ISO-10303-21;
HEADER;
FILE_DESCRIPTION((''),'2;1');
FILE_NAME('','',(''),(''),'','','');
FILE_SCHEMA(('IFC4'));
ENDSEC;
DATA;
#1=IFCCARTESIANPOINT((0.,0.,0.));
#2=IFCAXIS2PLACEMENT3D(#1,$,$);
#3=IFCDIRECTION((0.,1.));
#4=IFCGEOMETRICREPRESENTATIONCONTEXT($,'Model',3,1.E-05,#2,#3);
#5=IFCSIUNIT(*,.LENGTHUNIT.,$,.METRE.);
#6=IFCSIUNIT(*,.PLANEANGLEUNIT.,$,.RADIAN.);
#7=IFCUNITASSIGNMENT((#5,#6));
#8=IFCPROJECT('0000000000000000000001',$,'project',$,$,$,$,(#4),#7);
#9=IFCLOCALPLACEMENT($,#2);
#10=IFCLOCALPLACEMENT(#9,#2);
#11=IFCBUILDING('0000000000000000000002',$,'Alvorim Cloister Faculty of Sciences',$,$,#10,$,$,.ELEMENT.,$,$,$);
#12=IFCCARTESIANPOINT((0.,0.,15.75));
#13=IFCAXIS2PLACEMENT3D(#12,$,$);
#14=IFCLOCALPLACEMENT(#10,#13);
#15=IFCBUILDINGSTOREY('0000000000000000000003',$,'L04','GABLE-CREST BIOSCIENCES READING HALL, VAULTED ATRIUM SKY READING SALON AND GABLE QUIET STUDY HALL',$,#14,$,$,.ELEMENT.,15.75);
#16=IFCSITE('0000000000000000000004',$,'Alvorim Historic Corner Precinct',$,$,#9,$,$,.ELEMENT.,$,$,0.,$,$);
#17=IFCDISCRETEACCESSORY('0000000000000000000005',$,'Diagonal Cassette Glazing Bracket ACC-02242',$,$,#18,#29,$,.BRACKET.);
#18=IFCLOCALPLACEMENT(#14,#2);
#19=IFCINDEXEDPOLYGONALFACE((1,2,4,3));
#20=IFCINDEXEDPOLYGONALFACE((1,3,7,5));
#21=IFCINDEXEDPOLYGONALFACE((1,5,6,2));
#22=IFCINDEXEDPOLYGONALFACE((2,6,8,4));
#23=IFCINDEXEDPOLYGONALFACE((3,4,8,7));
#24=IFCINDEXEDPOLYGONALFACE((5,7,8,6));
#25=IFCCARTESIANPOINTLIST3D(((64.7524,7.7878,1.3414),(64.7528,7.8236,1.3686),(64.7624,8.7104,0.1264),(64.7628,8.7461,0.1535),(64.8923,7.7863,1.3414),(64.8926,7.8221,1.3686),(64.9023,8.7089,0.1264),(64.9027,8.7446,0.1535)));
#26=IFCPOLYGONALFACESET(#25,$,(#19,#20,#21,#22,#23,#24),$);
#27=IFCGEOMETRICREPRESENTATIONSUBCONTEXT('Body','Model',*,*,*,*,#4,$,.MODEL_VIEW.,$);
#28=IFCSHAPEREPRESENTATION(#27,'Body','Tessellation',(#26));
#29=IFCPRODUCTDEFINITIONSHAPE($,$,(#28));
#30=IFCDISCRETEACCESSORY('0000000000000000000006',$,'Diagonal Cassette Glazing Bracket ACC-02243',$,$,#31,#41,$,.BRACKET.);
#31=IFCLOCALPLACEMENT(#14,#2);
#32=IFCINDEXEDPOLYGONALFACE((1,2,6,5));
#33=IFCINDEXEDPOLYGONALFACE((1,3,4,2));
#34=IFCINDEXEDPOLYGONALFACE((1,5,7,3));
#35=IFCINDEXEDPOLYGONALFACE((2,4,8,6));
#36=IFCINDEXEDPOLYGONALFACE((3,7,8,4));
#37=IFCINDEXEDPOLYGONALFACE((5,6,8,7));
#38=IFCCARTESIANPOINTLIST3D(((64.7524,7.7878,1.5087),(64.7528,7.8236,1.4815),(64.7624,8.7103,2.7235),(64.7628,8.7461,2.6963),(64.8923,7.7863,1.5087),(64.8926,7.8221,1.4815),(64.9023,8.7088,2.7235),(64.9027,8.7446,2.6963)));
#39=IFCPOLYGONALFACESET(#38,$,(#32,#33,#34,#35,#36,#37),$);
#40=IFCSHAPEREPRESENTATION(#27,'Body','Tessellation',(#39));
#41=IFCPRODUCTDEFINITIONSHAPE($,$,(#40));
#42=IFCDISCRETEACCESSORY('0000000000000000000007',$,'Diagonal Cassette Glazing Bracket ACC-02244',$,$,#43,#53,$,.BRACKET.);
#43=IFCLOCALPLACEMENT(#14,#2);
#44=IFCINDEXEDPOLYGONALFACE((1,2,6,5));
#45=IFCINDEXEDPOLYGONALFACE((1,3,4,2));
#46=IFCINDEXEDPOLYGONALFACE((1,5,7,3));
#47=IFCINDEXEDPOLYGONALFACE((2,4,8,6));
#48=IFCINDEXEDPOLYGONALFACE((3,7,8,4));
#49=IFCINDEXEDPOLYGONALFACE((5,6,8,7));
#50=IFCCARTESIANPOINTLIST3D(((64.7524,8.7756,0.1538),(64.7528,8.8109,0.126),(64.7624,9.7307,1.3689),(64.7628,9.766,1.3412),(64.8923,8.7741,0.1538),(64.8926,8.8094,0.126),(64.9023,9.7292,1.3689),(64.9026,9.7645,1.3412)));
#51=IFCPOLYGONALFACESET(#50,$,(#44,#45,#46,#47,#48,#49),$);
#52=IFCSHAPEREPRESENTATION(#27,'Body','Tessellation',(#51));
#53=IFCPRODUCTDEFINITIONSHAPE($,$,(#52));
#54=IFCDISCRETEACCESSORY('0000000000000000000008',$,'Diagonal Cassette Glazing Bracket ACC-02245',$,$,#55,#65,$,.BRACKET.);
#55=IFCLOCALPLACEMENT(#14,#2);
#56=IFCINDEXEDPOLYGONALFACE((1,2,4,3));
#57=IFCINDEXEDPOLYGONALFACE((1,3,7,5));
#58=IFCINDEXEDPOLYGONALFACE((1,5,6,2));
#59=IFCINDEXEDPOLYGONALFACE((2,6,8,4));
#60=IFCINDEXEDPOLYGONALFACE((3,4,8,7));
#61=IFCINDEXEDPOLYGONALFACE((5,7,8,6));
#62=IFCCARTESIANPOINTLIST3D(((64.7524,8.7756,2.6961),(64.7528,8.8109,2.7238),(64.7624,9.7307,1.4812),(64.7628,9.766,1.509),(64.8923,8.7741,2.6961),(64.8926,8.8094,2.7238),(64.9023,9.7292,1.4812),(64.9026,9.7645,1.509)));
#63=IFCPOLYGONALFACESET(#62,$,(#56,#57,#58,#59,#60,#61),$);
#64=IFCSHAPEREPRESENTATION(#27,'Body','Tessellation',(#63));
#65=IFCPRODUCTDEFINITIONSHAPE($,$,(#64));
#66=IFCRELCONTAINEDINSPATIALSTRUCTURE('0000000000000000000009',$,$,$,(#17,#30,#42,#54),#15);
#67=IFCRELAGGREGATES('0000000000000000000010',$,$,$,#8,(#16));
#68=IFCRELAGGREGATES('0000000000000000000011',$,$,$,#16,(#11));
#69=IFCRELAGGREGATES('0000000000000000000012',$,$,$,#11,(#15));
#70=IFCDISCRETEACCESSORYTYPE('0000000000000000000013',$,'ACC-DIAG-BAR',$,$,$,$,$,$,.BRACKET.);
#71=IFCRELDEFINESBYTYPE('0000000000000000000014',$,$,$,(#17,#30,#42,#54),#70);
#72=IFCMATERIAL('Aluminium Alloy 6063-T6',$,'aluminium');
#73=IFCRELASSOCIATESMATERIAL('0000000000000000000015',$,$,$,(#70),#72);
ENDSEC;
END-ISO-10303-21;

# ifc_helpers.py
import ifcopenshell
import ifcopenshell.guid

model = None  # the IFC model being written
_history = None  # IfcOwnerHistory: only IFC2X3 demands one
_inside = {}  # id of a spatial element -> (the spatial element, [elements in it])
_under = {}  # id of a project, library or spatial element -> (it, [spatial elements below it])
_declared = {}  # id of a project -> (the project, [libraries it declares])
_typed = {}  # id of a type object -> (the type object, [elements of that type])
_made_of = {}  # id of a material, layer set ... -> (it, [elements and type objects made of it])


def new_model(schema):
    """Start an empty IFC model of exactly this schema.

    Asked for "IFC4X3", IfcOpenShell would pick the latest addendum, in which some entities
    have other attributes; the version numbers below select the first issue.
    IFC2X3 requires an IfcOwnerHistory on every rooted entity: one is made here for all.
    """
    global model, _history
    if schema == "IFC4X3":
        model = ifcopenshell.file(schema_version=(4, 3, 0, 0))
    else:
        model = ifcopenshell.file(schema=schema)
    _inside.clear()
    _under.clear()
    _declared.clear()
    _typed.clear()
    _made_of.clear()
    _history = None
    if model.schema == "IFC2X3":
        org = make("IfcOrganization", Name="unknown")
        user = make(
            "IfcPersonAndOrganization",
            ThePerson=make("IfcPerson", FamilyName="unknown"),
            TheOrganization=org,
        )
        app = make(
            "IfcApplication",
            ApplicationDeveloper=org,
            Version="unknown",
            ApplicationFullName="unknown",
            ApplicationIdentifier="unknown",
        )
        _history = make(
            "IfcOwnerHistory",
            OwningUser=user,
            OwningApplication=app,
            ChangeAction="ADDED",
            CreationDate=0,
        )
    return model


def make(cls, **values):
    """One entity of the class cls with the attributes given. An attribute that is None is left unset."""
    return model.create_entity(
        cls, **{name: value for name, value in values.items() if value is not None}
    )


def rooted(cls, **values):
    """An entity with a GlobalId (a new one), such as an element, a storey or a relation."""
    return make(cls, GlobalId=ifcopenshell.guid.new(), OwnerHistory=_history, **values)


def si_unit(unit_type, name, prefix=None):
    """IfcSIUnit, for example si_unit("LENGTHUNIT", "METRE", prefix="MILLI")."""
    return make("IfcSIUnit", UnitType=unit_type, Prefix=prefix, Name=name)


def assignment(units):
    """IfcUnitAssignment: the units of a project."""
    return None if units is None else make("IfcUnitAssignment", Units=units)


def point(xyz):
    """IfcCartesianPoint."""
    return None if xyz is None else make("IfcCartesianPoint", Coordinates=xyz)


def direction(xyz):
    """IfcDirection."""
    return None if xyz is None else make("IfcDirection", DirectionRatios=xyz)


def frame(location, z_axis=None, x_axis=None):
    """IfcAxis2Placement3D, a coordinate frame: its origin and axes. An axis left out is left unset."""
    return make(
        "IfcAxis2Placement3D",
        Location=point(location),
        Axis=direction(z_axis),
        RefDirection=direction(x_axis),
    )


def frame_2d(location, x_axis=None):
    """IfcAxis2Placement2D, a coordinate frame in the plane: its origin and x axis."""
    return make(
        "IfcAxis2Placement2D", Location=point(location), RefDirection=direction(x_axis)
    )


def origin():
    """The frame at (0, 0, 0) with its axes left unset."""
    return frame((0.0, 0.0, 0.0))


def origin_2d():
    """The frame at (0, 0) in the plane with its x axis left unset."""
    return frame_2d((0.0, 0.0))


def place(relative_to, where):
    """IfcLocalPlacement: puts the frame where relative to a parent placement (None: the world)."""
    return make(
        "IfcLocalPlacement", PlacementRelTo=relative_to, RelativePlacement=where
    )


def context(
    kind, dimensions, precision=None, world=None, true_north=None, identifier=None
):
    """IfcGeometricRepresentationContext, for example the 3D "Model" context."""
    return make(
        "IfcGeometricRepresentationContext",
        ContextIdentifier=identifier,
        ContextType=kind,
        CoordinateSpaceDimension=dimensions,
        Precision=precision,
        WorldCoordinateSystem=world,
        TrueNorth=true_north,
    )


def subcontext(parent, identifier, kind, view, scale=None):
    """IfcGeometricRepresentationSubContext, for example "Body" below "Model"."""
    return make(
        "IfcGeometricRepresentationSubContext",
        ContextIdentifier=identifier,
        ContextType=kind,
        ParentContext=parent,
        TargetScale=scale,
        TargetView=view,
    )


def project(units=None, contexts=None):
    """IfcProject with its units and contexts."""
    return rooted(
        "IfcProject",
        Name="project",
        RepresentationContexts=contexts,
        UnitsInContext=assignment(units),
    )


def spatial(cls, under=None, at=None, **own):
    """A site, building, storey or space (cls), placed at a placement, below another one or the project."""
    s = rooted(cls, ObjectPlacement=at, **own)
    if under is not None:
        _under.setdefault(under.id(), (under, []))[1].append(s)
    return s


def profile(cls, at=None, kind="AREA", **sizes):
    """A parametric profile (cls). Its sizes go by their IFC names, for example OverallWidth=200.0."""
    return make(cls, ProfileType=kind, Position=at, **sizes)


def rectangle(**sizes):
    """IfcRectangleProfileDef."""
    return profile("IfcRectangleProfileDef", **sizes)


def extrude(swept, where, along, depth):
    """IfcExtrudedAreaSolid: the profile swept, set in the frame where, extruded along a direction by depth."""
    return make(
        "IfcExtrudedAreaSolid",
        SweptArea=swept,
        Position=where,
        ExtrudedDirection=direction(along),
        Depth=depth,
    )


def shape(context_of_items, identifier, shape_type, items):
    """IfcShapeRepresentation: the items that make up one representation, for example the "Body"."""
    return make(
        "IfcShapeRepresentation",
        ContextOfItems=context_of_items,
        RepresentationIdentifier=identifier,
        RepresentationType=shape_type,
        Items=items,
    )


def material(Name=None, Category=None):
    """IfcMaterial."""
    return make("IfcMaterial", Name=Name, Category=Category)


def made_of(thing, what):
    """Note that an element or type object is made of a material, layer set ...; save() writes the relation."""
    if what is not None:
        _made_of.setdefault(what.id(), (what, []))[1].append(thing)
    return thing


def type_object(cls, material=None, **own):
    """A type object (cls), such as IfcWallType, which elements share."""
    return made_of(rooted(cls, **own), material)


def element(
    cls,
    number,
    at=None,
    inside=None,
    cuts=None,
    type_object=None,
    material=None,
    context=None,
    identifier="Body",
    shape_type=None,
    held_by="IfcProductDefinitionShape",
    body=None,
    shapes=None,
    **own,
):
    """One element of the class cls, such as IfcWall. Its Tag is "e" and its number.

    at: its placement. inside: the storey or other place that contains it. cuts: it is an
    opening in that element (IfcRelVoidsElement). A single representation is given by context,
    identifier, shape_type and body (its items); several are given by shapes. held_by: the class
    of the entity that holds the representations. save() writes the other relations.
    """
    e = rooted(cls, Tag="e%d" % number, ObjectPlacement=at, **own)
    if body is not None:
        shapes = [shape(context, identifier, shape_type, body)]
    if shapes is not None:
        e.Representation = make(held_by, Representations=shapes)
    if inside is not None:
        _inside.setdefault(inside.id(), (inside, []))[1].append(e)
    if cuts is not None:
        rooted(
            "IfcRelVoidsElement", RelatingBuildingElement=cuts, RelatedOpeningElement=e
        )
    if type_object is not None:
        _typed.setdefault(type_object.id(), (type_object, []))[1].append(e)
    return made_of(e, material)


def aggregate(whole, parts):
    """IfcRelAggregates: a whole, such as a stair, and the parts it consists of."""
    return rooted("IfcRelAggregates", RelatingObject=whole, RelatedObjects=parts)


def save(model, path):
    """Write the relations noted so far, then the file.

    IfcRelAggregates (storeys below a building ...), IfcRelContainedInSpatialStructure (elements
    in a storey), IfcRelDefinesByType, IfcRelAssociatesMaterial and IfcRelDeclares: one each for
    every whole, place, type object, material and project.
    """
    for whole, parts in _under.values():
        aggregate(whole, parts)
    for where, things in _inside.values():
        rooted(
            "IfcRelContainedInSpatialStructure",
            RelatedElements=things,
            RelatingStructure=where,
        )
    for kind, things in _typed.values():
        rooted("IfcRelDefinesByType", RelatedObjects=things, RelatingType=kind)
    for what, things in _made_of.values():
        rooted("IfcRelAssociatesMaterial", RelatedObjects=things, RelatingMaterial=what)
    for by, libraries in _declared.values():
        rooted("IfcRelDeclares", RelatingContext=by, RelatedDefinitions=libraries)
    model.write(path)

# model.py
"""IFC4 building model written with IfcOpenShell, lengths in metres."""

from ifc_helpers import new_model, si_unit, direction, frame, origin, origin_2d, place, context, subcontext, project, spatial, rectangle, extrude, material, type_object, element, save


model = new_model("IFC4")

# Units and contexts
model_context = context("Model", 3, precision=1e-05, world=origin(), true_north=direction((0.0, 1.0)))
body_context = subcontext(model_context, "Body", "Model", "MODEL_VIEW")
ifc_project = project(units=[si_unit("LENGTHUNIT", "METRE"), si_unit("PLANEANGLEUNIT", "RADIAN")], contexts=[model_context])

# Site, building, storey
site_placement = place(None, origin())
site = spatial("IfcSite", under=ifc_project, at=site_placement, Name="Alvorim Historic Corner Precinct", CompositionType="ELEMENT", RefElevation=0.0)
building_placement = place(site_placement, origin())
building = spatial("IfcBuilding", under=site, at=building_placement, Name="Alvorim Cloister Faculty of Sciences", CompositionType="ELEMENT")
storey_placement = place(building_placement, frame((0.0, 0.0, 15.75)))
storey = spatial("IfcBuildingStorey", under=building, at=storey_placement, Name="L04", Description="GABLE-CREST BIOSCIENCES READING HALL, VAULTED ATRIUM SKY READING SALON AND GABLE QUIET STUDY HALL", CompositionType="ELEMENT", Elevation=15.75)

# Discrete accessories
ifc_material_1 = material(Name="Aluminium Alloy 6063-T6", Category="aluminium")
discrete_accessory_type = type_object("IfcDiscreteAccessoryType", Name="ACC-DIAG-BAR", PredefinedType="BRACKET", material=ifc_material_1)
discrete_accessory_1_placement = place(storey_placement, frame((64.8225, 7.8049, 1.355), z_axis=(0.006561, 0.604713, -0.796416), x_axis=(-0.999941, 0.010849, 0.0)))
element("IfcDiscreteAccessory", 1, at=discrete_accessory_1_placement, inside=storey, type_object=discrete_accessory_type, Name="Diagonal Cassette Glazing Bracket ACC-02242", PredefinedType="BRACKET", context=body_context, shape_type="SweptSolid", body=[
    extrude(rectangle(XDim=0.1399, YDim=0.0449, at=origin_2d()), origin(), (0.0, 0.0, 1.0), 1.5256),
])
discrete_accessory_2_placement = place(storey_placement, frame((64.8225, 7.8049, 1.4951), z_axis=(0.006562, 0.60479, 0.796358), x_axis=(-0.999941, 0.010849, 0.0)))
element("IfcDiscreteAccessory", 2, at=discrete_accessory_2_placement, inside=storey, type_object=discrete_accessory_type, Name="Diagonal Cassette Glazing Bracket ACC-02243", PredefinedType="BRACKET", context=body_context, shape_type="SweptSolid", body=[
    extrude(rectangle(XDim=0.1399, YDim=0.0449, at=origin_2d()), origin(), (0.0, 0.0, 1.0), 1.5254),
])
discrete_accessory_3_placement = place(storey_placement, frame((64.8225, 8.7925, 0.1399), z_axis=(0.006477, 0.617955, 0.786187), x_axis=(-0.999945, 0.01048, 0.0)))
element("IfcDiscreteAccessory", 3, at=discrete_accessory_3_placement, inside=storey, type_object=discrete_accessory_type, Name="Diagonal Cassette Glazing Bracket ACC-02244", PredefinedType="BRACKET", context=body_context, shape_type="SweptSolid", body=[
    extrude(rectangle(XDim=0.1399, YDim=0.0449, at=origin_2d()), origin(), (0.0, 0.0, 1.0), 1.5457),
])
discrete_accessory_4_placement = place(storey_placement, frame((64.8225, 8.7925, 2.71), z_axis=(0.006477, 0.618032, -0.786126), x_axis=(-0.999945, 0.01048, 0.0)))
element("IfcDiscreteAccessory", 4, at=discrete_accessory_4_placement, inside=storey, type_object=discrete_accessory_type, Name="Diagonal Cassette Glazing Bracket ACC-02245", PredefinedType="BRACKET", context=body_context, shape_type="SweptSolid", body=[
    extrude(rectangle(XDim=0.1399, YDim=0.0449, at=origin_2d()), origin(), (0.0, 0.0, 1.0), 1.5454),
])

save(model, "model.ifc")
